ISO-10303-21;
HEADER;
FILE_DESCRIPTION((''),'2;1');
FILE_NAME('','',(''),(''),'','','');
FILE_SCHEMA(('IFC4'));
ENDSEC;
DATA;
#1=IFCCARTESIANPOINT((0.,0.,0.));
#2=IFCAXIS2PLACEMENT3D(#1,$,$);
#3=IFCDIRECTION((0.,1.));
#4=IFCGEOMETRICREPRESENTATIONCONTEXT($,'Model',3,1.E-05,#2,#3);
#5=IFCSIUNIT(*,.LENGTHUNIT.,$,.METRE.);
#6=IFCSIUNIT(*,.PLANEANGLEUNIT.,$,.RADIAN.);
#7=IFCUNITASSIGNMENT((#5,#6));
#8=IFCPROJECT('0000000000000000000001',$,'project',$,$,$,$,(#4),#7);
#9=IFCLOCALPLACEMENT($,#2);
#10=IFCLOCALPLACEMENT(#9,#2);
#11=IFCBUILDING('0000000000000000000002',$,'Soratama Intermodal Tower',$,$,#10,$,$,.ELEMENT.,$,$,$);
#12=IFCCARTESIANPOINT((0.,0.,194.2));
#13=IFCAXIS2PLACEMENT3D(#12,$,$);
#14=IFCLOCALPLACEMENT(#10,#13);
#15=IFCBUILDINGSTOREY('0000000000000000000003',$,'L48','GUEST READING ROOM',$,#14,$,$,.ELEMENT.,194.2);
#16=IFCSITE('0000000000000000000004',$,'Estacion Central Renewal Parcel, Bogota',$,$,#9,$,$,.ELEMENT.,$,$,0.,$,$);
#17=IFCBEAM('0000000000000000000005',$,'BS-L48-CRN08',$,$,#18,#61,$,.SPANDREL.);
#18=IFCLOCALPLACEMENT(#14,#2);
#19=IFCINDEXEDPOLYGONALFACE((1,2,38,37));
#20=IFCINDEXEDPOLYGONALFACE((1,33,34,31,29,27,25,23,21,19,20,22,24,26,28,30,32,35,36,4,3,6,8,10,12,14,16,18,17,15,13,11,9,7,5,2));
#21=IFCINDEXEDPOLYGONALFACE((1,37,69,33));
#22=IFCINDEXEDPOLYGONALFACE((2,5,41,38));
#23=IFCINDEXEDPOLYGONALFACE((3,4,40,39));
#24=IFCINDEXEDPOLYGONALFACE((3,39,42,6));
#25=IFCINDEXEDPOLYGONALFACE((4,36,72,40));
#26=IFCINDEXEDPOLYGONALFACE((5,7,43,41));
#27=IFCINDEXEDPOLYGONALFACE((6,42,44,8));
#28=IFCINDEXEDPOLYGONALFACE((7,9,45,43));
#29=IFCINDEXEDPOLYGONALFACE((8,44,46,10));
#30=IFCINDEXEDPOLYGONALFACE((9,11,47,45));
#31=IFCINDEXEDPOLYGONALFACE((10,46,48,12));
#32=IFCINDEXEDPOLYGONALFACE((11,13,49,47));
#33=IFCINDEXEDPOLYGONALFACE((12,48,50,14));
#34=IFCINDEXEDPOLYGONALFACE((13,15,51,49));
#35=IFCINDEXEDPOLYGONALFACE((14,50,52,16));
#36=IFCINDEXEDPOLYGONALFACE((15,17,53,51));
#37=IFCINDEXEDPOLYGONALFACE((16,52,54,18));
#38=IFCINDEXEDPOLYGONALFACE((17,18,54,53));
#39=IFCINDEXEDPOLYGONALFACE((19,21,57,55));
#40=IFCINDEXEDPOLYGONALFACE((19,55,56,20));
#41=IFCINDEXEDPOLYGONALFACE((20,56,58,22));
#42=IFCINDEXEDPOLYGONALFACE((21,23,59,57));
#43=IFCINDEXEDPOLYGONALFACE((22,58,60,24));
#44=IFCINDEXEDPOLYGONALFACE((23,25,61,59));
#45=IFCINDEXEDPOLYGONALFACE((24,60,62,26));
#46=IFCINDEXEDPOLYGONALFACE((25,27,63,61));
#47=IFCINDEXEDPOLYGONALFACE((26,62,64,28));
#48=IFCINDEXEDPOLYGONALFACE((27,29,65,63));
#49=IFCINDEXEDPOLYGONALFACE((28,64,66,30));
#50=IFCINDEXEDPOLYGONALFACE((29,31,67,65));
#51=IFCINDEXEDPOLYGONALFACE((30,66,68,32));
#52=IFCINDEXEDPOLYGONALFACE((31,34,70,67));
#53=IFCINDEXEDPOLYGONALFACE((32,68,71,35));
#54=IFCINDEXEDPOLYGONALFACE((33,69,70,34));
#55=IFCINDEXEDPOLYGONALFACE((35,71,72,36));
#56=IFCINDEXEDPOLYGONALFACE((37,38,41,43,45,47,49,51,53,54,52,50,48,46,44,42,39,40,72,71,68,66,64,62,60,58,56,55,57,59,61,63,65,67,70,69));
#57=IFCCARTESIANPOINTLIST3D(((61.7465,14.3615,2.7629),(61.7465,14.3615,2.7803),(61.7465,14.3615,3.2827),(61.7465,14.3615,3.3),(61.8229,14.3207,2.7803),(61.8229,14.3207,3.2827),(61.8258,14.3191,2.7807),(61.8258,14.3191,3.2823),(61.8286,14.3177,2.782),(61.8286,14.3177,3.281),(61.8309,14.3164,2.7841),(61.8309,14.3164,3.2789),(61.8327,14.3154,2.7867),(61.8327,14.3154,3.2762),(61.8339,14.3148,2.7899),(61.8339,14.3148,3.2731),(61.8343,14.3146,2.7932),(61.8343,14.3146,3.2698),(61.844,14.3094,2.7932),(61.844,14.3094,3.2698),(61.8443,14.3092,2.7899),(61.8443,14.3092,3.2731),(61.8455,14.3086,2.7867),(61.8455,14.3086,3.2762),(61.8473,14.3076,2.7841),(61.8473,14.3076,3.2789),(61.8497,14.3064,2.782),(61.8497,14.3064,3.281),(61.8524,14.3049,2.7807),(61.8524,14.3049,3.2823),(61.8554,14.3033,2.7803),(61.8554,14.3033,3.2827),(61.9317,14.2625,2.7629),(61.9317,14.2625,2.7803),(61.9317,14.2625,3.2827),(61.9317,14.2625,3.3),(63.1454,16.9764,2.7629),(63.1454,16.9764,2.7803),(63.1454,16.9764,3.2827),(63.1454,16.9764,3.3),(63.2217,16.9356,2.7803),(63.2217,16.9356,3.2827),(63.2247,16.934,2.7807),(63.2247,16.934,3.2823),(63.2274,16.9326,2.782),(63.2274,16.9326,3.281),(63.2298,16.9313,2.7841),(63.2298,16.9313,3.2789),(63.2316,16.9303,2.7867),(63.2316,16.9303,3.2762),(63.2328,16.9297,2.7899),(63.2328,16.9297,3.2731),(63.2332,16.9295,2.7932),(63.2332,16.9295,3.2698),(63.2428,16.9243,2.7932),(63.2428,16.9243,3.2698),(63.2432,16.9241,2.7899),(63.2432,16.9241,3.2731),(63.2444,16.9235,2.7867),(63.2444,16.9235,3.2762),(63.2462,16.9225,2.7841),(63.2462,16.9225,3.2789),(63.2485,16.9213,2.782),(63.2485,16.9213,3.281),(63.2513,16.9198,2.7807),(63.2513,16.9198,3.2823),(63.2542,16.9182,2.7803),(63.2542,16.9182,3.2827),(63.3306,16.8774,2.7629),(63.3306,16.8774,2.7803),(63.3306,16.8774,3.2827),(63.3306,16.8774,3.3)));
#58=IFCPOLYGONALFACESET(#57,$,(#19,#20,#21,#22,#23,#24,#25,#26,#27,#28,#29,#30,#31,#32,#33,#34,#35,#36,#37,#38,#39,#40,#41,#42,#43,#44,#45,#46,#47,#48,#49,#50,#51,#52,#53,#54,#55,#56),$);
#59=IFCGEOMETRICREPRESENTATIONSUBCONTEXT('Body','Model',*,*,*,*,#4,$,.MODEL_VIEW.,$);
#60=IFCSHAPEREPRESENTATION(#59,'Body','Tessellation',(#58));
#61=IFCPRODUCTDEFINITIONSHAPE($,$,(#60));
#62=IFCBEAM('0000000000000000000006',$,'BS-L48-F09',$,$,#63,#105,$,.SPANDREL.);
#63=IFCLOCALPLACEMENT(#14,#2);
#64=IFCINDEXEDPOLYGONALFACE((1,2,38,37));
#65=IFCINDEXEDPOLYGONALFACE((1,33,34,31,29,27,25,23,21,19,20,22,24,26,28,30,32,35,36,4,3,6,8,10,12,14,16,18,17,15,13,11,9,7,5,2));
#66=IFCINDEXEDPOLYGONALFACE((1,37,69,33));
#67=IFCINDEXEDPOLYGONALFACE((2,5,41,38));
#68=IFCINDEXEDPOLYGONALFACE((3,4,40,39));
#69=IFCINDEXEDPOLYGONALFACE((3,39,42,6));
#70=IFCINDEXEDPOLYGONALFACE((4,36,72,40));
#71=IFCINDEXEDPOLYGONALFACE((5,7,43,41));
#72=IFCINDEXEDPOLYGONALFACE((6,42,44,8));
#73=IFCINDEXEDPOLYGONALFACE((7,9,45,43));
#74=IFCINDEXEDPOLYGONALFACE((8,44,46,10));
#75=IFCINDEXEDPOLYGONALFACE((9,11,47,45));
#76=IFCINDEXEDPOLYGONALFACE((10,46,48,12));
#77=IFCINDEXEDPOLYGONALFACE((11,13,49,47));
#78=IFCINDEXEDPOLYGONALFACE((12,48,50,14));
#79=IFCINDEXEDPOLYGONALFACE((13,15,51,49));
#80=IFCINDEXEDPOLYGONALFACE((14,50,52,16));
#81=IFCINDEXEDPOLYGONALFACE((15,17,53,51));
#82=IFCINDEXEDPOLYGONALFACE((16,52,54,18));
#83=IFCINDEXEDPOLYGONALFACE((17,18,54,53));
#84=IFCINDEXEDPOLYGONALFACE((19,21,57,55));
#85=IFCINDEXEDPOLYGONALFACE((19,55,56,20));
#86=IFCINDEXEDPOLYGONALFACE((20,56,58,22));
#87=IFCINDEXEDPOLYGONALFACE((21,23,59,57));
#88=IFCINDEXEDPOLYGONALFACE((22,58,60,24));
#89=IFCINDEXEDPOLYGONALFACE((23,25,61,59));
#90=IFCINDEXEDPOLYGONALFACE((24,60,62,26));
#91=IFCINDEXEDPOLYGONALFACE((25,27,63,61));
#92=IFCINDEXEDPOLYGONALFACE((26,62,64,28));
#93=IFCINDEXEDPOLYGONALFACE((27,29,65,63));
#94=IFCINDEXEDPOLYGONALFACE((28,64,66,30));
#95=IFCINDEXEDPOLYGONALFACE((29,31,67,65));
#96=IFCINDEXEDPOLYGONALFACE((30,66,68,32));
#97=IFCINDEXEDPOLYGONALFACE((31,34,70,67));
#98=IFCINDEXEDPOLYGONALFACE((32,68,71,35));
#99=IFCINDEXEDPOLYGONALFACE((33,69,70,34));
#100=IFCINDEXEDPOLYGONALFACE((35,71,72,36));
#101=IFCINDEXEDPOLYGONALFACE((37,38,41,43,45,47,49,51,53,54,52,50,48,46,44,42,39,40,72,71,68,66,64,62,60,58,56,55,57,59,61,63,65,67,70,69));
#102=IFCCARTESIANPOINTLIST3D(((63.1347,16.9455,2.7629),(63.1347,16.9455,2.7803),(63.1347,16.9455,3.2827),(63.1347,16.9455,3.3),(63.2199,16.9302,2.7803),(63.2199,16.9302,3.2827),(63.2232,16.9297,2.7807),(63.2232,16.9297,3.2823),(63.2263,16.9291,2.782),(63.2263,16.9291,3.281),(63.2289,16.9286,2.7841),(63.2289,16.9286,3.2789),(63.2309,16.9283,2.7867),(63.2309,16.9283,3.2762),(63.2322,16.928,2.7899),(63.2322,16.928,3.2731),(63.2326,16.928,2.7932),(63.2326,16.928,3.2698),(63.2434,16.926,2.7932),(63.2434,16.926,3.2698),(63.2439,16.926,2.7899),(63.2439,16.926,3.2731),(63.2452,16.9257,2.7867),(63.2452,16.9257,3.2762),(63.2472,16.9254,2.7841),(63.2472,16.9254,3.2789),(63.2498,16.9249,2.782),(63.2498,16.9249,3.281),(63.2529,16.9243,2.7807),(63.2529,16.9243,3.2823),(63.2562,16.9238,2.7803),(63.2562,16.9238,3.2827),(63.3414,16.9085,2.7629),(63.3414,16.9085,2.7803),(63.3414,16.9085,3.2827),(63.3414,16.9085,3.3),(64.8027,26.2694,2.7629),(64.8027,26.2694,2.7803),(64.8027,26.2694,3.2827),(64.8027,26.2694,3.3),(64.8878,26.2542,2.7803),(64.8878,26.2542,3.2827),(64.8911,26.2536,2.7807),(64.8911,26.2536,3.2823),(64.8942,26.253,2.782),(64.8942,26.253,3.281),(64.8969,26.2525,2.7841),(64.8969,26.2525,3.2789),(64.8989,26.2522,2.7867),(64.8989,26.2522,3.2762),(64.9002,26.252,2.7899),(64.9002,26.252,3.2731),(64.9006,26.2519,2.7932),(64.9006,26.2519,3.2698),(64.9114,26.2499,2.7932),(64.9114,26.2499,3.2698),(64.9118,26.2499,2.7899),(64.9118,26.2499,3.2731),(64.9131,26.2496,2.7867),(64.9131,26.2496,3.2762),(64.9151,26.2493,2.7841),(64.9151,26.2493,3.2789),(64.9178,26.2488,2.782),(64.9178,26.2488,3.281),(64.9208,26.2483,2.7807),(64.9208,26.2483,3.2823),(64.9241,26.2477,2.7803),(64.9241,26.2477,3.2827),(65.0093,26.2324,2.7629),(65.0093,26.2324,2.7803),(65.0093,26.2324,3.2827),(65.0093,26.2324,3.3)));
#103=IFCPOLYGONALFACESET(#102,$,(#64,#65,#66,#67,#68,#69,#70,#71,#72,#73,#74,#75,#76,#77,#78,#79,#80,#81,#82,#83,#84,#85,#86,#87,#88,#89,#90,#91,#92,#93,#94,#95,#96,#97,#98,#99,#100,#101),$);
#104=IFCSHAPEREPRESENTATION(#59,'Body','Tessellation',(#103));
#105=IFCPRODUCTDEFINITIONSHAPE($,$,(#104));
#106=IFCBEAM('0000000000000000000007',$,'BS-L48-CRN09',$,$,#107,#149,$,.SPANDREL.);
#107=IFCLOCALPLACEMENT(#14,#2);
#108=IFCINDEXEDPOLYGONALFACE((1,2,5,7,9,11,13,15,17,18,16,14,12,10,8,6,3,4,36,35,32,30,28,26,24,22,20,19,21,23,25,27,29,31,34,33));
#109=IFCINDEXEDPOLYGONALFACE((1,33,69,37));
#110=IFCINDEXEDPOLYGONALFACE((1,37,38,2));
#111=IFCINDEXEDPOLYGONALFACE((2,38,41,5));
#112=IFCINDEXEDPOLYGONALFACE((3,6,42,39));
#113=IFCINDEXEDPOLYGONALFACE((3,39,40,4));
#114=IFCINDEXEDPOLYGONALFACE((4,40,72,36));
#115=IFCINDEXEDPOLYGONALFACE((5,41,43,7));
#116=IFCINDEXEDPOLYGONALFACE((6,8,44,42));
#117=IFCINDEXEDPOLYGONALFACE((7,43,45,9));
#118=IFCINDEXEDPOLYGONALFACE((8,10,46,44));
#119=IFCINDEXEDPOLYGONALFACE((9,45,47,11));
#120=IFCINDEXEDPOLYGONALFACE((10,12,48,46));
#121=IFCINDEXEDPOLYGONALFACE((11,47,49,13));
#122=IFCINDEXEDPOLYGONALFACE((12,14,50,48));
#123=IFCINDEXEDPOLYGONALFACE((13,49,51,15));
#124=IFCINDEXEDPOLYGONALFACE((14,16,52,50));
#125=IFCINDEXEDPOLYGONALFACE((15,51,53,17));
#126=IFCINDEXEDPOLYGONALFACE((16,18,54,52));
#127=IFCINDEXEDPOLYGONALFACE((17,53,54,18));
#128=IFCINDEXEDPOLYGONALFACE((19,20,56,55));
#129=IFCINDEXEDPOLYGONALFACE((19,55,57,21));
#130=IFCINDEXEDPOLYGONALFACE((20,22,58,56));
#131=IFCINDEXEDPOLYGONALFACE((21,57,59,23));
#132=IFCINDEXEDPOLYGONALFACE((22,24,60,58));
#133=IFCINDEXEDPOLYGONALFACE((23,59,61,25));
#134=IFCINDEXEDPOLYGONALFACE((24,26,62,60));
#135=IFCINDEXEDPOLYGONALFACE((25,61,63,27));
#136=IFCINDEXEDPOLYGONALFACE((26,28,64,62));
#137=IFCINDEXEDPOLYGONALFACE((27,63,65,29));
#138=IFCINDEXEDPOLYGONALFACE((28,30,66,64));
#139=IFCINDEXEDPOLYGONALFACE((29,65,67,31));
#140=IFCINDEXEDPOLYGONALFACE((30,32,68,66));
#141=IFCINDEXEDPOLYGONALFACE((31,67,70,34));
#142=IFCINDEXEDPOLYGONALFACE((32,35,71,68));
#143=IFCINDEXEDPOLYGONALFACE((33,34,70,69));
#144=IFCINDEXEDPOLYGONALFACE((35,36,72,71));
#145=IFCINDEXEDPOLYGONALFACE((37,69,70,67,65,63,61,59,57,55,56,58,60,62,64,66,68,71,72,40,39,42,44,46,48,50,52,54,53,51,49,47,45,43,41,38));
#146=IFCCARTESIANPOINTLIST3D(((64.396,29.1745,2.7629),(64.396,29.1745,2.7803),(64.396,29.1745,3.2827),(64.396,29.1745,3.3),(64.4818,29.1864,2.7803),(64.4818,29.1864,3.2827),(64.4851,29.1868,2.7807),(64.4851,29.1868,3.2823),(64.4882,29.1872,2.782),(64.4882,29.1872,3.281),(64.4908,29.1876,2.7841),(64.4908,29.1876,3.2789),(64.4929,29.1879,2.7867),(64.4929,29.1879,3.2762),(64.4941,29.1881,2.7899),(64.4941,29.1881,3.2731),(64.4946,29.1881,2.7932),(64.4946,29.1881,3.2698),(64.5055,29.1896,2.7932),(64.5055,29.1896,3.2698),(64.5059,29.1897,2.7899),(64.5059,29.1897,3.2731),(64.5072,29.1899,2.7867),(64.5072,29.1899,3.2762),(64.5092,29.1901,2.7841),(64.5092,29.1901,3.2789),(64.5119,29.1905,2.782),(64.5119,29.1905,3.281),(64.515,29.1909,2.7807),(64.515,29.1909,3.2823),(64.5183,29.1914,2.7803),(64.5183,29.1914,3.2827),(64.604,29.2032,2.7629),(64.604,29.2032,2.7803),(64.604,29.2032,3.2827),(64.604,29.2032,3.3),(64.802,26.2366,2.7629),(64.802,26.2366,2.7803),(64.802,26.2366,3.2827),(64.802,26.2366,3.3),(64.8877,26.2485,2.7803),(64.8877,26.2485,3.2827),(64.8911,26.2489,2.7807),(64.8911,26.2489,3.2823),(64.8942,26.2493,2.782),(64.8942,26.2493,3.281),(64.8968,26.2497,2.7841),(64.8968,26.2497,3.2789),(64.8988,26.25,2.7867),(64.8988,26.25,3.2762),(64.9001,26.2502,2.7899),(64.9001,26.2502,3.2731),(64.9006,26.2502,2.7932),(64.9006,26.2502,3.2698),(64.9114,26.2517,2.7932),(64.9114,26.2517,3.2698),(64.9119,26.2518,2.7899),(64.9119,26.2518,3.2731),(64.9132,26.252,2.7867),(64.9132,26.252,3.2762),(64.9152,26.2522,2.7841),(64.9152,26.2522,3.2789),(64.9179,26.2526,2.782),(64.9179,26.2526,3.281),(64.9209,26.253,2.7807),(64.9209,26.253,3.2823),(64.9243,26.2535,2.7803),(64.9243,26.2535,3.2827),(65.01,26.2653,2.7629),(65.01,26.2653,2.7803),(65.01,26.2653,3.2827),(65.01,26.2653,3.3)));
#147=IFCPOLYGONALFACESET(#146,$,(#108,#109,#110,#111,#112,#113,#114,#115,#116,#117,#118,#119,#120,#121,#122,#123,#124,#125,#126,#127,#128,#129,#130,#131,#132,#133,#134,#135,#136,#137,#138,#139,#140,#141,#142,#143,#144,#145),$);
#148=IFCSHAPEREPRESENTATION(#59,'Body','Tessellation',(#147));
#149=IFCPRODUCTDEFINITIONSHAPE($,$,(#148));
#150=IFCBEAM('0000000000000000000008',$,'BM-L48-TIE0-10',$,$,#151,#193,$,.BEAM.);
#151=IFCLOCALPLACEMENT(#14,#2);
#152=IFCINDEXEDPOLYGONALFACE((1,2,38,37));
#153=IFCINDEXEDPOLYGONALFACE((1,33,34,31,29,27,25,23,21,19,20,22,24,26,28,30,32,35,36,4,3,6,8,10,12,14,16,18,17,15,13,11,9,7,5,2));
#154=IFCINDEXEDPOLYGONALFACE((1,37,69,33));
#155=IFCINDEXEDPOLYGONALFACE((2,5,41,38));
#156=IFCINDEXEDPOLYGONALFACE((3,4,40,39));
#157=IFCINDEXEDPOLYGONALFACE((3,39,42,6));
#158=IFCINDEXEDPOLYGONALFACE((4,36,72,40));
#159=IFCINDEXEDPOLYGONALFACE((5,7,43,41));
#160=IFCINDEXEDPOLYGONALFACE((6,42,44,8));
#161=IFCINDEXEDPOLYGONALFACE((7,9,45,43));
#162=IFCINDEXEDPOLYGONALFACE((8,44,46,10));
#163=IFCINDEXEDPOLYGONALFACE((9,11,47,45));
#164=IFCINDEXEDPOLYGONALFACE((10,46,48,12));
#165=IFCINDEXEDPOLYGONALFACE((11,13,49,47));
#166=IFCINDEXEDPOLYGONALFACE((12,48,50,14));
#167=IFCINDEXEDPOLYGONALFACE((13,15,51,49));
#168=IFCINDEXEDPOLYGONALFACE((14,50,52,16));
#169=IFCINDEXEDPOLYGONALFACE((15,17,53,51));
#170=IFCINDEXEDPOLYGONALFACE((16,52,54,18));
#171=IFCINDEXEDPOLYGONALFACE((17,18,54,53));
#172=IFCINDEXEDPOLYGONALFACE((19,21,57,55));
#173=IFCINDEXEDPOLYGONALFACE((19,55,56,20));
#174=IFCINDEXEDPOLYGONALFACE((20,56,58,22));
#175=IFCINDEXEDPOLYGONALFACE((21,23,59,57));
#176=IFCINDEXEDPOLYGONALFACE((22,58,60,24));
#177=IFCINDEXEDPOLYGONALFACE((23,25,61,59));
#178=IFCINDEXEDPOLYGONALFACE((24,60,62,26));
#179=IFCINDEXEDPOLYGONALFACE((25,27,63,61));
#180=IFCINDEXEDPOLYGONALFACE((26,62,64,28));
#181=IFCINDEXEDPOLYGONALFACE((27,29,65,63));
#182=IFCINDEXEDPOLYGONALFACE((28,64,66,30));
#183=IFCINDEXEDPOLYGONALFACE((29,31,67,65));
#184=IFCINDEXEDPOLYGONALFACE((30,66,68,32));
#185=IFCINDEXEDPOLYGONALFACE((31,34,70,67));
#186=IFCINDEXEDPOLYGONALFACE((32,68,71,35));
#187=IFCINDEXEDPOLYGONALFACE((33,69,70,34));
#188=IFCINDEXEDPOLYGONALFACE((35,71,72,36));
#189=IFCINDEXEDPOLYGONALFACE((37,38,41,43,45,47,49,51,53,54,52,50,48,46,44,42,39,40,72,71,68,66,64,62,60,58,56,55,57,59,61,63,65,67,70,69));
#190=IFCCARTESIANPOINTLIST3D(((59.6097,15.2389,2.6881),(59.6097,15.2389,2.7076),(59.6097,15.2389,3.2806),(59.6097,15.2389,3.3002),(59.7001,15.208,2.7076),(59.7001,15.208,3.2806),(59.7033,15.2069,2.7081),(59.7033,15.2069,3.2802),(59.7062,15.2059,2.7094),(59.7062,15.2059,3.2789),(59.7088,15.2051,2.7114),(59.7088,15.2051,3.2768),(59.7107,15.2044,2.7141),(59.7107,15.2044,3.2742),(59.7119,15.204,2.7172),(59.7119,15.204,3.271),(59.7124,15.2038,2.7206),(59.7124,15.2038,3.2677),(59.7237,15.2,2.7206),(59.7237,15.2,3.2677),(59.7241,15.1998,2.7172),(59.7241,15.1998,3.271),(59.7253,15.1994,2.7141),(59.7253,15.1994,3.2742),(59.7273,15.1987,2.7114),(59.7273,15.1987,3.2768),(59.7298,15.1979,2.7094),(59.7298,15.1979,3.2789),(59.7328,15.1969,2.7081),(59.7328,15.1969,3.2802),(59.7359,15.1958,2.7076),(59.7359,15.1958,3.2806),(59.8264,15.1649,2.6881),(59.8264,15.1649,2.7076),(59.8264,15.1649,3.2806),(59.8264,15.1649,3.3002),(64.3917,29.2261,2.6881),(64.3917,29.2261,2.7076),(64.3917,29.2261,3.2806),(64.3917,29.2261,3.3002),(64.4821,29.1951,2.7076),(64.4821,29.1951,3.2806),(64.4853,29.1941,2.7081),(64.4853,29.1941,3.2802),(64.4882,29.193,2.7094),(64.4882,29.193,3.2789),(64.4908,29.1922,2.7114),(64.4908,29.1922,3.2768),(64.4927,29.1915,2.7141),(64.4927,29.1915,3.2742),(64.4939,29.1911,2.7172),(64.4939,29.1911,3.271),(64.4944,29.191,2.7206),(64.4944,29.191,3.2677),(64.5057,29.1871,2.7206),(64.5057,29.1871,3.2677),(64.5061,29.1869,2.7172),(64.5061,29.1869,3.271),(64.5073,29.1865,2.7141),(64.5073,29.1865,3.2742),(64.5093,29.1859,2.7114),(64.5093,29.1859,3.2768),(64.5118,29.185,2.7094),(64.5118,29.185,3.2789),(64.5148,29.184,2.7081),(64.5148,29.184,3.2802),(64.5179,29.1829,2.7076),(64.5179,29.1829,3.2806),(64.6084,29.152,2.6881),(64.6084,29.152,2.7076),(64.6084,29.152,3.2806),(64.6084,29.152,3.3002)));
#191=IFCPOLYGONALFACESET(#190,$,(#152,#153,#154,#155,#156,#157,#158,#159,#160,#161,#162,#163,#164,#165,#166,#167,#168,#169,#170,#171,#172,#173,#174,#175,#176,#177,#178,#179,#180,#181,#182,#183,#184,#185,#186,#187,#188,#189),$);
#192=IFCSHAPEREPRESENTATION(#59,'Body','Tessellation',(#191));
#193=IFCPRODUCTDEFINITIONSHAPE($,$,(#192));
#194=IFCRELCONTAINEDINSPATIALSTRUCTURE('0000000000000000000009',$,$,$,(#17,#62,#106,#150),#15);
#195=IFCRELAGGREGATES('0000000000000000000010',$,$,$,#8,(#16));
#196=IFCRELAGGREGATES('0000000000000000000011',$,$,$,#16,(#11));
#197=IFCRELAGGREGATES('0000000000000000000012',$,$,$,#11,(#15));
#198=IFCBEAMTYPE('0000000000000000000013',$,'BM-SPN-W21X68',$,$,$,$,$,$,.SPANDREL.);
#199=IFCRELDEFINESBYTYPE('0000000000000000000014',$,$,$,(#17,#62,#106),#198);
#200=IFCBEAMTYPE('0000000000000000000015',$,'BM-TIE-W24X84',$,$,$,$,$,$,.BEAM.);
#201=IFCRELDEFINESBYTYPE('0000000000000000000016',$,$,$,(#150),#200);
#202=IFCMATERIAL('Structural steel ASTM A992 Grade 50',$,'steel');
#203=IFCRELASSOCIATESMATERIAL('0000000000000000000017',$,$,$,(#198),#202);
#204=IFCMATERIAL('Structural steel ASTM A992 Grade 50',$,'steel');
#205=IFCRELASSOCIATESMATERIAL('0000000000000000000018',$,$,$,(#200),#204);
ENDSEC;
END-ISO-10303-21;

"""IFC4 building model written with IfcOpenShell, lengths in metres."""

from ifc_helpers import new_model, si_unit, direction, frame, origin, origin_2d, place, context, subcontext, project, spatial, i_section, extrude, material, material_profile, profile_set, type_object, element, save


model = new_model("IFC4")

# Units and contexts
model_context = context("Model", 3, precision=1e-05, world=origin(), true_north=direction((0.0, 1.0)))
body_context = subcontext(model_context, "Body", "Model", "MODEL_VIEW")
ifc_project = project(units=[si_unit("LENGTHUNIT", "METRE"), si_unit("PLANEANGLEUNIT", "RADIAN")], contexts=[model_context])

# Site, building, storey
site_placement = place(None, origin())
site = spatial("IfcSite", under=ifc_project, at=site_placement, Name="Estacion Central Renewal Parcel, Bogota", CompositionType="ELEMENT", RefElevation=0.0)
building_placement = place(site_placement, origin())
building = spatial("IfcBuilding", under=site, at=building_placement, Name="Soratama Intermodal Tower", CompositionType="ELEMENT")
storey_placement = place(building_placement, frame((0.0, 0.0, 194.2)))
storey = spatial("IfcBuildingStorey", under=building, at=storey_placement, Name="L48", Description="GUEST READING ROOM", CompositionType="ELEMENT", Elevation=194.2)

# Beams
ifc_material_1 = material(Name="Structural steel ASTM A992 Grade 50", Category="steel")
ifc_material_profile_1 = material_profile(ifc_material_1, i_section(OverallWidth=0.21, OverallDepth=0.5371, WebThickness=0.011, FlangeThickness=0.0173, FilletRadius=0.0129, at=origin_2d()), Name="W21X68")
ifc_profile_set_1 = profile_set([ifc_material_profile_1], Name="Structural steel ASTM A992 Grade 50")
beam_type_1 = type_object("IfcBeamType", Name="BM-SPN-W21X68", PredefinedType="SPANDREL", material=ifc_profile_set_1)
beam_1_placement = place(storey_placement, frame((61.8391, 14.312, 3.0315), z_axis=(0.471707, 0.881755, 0.0), x_axis=(-0.881755, 0.471707, 0.0)))
element("IfcBeam", 1, at=beam_1_placement, inside=storey, type_object=beam_type_1, Name="BS-L48-CRN08", PredefinedType="SPANDREL", context=body_context, shape_type="SweptSolid", body=[
    extrude(i_section(OverallWidth=0.21, OverallDepth=0.5371, WebThickness=0.011, FlangeThickness=0.0173, FilletRadius=0.0129, at=origin_2d()), origin(), (0.0, 0.0, 1.0), 2.9656),
])
beam_2_placement = place(storey_placement, frame((63.238, 16.927, 3.0315), z_axis=(0.176095, 0.984373, 0.0), x_axis=(-0.984373, 0.176095, 0.0)))
element("IfcBeam", 2, at=beam_2_placement, inside=storey, type_object=beam_type_1, Name="BS-L48-F09", PredefinedType="SPANDREL", context=body_context, shape_type="SweptSolid", body=[
    extrude(i_section(OverallWidth=0.21, OverallDepth=0.5371, WebThickness=0.011, FlangeThickness=0.0173, FilletRadius=0.0129, at=origin_2d()), origin(), (0.0, 0.0, 1.0), 9.4719),
])
beam_3_placement = place(storey_placement, frame((64.906, 26.251, 3.0315), z_axis=(-0.136891, 0.990586, 0.0), x_axis=(-0.990586, -0.136891, 0.0)))
element("IfcBeam", 3, at=beam_3_placement, inside=storey, type_object=beam_type_1, Name="BS-L48-CRN09", PredefinedType="SPANDREL", context=body_context, shape_type="SweptSolid", body=[
    extrude(i_section(OverallWidth=0.21, OverallDepth=0.5371, WebThickness=0.011, FlangeThickness=0.0173, FilletRadius=0.0129, at=origin_2d()), origin(), (0.0, 0.0, 1.0), 2.9658),
])
ifc_material_2 = material(Name="Structural steel ASTM A992 Grade 50", Category="steel")
ifc_material_profile_2 = material_profile(ifc_material_2, i_section(OverallWidth=0.229, OverallDepth=0.6121, WebThickness=0.012, FlangeThickness=0.0195, FilletRadius=0.0129, at=origin_2d()), Name="W24X84")
ifc_profile_set_2 = profile_set([ifc_material_profile_2], Name="Structural steel ASTM A992 Grade 50")
beam_type_2 = type_object("IfcBeamType", Name="BM-TIE-W24X84", PredefinedType="BEAM", material=ifc_profile_set_2)
beam_4_placement = place(storey_placement, frame((59.718, 15.2019, 2.9941), z_axis=(0.323502, 0.946227, 0.0), x_axis=(-0.946227, 0.323502, 0.0)))
element("IfcBeam", 4, at=beam_4_placement, inside=storey, type_object=beam_type_2, Name="BM-L48-TIE0-10", PredefinedType="BEAM", context=body_context, shape_type="SweptSolid", body=[
    extrude(i_section(OverallWidth=0.229, OverallDepth=0.6121, WebThickness=0.012, FlangeThickness=0.0195, FilletRadius=0.0129, at=origin_2d()), origin(), (0.0, 0.0, 1.0), 14.782),
])

save(model, "model.ifc")
